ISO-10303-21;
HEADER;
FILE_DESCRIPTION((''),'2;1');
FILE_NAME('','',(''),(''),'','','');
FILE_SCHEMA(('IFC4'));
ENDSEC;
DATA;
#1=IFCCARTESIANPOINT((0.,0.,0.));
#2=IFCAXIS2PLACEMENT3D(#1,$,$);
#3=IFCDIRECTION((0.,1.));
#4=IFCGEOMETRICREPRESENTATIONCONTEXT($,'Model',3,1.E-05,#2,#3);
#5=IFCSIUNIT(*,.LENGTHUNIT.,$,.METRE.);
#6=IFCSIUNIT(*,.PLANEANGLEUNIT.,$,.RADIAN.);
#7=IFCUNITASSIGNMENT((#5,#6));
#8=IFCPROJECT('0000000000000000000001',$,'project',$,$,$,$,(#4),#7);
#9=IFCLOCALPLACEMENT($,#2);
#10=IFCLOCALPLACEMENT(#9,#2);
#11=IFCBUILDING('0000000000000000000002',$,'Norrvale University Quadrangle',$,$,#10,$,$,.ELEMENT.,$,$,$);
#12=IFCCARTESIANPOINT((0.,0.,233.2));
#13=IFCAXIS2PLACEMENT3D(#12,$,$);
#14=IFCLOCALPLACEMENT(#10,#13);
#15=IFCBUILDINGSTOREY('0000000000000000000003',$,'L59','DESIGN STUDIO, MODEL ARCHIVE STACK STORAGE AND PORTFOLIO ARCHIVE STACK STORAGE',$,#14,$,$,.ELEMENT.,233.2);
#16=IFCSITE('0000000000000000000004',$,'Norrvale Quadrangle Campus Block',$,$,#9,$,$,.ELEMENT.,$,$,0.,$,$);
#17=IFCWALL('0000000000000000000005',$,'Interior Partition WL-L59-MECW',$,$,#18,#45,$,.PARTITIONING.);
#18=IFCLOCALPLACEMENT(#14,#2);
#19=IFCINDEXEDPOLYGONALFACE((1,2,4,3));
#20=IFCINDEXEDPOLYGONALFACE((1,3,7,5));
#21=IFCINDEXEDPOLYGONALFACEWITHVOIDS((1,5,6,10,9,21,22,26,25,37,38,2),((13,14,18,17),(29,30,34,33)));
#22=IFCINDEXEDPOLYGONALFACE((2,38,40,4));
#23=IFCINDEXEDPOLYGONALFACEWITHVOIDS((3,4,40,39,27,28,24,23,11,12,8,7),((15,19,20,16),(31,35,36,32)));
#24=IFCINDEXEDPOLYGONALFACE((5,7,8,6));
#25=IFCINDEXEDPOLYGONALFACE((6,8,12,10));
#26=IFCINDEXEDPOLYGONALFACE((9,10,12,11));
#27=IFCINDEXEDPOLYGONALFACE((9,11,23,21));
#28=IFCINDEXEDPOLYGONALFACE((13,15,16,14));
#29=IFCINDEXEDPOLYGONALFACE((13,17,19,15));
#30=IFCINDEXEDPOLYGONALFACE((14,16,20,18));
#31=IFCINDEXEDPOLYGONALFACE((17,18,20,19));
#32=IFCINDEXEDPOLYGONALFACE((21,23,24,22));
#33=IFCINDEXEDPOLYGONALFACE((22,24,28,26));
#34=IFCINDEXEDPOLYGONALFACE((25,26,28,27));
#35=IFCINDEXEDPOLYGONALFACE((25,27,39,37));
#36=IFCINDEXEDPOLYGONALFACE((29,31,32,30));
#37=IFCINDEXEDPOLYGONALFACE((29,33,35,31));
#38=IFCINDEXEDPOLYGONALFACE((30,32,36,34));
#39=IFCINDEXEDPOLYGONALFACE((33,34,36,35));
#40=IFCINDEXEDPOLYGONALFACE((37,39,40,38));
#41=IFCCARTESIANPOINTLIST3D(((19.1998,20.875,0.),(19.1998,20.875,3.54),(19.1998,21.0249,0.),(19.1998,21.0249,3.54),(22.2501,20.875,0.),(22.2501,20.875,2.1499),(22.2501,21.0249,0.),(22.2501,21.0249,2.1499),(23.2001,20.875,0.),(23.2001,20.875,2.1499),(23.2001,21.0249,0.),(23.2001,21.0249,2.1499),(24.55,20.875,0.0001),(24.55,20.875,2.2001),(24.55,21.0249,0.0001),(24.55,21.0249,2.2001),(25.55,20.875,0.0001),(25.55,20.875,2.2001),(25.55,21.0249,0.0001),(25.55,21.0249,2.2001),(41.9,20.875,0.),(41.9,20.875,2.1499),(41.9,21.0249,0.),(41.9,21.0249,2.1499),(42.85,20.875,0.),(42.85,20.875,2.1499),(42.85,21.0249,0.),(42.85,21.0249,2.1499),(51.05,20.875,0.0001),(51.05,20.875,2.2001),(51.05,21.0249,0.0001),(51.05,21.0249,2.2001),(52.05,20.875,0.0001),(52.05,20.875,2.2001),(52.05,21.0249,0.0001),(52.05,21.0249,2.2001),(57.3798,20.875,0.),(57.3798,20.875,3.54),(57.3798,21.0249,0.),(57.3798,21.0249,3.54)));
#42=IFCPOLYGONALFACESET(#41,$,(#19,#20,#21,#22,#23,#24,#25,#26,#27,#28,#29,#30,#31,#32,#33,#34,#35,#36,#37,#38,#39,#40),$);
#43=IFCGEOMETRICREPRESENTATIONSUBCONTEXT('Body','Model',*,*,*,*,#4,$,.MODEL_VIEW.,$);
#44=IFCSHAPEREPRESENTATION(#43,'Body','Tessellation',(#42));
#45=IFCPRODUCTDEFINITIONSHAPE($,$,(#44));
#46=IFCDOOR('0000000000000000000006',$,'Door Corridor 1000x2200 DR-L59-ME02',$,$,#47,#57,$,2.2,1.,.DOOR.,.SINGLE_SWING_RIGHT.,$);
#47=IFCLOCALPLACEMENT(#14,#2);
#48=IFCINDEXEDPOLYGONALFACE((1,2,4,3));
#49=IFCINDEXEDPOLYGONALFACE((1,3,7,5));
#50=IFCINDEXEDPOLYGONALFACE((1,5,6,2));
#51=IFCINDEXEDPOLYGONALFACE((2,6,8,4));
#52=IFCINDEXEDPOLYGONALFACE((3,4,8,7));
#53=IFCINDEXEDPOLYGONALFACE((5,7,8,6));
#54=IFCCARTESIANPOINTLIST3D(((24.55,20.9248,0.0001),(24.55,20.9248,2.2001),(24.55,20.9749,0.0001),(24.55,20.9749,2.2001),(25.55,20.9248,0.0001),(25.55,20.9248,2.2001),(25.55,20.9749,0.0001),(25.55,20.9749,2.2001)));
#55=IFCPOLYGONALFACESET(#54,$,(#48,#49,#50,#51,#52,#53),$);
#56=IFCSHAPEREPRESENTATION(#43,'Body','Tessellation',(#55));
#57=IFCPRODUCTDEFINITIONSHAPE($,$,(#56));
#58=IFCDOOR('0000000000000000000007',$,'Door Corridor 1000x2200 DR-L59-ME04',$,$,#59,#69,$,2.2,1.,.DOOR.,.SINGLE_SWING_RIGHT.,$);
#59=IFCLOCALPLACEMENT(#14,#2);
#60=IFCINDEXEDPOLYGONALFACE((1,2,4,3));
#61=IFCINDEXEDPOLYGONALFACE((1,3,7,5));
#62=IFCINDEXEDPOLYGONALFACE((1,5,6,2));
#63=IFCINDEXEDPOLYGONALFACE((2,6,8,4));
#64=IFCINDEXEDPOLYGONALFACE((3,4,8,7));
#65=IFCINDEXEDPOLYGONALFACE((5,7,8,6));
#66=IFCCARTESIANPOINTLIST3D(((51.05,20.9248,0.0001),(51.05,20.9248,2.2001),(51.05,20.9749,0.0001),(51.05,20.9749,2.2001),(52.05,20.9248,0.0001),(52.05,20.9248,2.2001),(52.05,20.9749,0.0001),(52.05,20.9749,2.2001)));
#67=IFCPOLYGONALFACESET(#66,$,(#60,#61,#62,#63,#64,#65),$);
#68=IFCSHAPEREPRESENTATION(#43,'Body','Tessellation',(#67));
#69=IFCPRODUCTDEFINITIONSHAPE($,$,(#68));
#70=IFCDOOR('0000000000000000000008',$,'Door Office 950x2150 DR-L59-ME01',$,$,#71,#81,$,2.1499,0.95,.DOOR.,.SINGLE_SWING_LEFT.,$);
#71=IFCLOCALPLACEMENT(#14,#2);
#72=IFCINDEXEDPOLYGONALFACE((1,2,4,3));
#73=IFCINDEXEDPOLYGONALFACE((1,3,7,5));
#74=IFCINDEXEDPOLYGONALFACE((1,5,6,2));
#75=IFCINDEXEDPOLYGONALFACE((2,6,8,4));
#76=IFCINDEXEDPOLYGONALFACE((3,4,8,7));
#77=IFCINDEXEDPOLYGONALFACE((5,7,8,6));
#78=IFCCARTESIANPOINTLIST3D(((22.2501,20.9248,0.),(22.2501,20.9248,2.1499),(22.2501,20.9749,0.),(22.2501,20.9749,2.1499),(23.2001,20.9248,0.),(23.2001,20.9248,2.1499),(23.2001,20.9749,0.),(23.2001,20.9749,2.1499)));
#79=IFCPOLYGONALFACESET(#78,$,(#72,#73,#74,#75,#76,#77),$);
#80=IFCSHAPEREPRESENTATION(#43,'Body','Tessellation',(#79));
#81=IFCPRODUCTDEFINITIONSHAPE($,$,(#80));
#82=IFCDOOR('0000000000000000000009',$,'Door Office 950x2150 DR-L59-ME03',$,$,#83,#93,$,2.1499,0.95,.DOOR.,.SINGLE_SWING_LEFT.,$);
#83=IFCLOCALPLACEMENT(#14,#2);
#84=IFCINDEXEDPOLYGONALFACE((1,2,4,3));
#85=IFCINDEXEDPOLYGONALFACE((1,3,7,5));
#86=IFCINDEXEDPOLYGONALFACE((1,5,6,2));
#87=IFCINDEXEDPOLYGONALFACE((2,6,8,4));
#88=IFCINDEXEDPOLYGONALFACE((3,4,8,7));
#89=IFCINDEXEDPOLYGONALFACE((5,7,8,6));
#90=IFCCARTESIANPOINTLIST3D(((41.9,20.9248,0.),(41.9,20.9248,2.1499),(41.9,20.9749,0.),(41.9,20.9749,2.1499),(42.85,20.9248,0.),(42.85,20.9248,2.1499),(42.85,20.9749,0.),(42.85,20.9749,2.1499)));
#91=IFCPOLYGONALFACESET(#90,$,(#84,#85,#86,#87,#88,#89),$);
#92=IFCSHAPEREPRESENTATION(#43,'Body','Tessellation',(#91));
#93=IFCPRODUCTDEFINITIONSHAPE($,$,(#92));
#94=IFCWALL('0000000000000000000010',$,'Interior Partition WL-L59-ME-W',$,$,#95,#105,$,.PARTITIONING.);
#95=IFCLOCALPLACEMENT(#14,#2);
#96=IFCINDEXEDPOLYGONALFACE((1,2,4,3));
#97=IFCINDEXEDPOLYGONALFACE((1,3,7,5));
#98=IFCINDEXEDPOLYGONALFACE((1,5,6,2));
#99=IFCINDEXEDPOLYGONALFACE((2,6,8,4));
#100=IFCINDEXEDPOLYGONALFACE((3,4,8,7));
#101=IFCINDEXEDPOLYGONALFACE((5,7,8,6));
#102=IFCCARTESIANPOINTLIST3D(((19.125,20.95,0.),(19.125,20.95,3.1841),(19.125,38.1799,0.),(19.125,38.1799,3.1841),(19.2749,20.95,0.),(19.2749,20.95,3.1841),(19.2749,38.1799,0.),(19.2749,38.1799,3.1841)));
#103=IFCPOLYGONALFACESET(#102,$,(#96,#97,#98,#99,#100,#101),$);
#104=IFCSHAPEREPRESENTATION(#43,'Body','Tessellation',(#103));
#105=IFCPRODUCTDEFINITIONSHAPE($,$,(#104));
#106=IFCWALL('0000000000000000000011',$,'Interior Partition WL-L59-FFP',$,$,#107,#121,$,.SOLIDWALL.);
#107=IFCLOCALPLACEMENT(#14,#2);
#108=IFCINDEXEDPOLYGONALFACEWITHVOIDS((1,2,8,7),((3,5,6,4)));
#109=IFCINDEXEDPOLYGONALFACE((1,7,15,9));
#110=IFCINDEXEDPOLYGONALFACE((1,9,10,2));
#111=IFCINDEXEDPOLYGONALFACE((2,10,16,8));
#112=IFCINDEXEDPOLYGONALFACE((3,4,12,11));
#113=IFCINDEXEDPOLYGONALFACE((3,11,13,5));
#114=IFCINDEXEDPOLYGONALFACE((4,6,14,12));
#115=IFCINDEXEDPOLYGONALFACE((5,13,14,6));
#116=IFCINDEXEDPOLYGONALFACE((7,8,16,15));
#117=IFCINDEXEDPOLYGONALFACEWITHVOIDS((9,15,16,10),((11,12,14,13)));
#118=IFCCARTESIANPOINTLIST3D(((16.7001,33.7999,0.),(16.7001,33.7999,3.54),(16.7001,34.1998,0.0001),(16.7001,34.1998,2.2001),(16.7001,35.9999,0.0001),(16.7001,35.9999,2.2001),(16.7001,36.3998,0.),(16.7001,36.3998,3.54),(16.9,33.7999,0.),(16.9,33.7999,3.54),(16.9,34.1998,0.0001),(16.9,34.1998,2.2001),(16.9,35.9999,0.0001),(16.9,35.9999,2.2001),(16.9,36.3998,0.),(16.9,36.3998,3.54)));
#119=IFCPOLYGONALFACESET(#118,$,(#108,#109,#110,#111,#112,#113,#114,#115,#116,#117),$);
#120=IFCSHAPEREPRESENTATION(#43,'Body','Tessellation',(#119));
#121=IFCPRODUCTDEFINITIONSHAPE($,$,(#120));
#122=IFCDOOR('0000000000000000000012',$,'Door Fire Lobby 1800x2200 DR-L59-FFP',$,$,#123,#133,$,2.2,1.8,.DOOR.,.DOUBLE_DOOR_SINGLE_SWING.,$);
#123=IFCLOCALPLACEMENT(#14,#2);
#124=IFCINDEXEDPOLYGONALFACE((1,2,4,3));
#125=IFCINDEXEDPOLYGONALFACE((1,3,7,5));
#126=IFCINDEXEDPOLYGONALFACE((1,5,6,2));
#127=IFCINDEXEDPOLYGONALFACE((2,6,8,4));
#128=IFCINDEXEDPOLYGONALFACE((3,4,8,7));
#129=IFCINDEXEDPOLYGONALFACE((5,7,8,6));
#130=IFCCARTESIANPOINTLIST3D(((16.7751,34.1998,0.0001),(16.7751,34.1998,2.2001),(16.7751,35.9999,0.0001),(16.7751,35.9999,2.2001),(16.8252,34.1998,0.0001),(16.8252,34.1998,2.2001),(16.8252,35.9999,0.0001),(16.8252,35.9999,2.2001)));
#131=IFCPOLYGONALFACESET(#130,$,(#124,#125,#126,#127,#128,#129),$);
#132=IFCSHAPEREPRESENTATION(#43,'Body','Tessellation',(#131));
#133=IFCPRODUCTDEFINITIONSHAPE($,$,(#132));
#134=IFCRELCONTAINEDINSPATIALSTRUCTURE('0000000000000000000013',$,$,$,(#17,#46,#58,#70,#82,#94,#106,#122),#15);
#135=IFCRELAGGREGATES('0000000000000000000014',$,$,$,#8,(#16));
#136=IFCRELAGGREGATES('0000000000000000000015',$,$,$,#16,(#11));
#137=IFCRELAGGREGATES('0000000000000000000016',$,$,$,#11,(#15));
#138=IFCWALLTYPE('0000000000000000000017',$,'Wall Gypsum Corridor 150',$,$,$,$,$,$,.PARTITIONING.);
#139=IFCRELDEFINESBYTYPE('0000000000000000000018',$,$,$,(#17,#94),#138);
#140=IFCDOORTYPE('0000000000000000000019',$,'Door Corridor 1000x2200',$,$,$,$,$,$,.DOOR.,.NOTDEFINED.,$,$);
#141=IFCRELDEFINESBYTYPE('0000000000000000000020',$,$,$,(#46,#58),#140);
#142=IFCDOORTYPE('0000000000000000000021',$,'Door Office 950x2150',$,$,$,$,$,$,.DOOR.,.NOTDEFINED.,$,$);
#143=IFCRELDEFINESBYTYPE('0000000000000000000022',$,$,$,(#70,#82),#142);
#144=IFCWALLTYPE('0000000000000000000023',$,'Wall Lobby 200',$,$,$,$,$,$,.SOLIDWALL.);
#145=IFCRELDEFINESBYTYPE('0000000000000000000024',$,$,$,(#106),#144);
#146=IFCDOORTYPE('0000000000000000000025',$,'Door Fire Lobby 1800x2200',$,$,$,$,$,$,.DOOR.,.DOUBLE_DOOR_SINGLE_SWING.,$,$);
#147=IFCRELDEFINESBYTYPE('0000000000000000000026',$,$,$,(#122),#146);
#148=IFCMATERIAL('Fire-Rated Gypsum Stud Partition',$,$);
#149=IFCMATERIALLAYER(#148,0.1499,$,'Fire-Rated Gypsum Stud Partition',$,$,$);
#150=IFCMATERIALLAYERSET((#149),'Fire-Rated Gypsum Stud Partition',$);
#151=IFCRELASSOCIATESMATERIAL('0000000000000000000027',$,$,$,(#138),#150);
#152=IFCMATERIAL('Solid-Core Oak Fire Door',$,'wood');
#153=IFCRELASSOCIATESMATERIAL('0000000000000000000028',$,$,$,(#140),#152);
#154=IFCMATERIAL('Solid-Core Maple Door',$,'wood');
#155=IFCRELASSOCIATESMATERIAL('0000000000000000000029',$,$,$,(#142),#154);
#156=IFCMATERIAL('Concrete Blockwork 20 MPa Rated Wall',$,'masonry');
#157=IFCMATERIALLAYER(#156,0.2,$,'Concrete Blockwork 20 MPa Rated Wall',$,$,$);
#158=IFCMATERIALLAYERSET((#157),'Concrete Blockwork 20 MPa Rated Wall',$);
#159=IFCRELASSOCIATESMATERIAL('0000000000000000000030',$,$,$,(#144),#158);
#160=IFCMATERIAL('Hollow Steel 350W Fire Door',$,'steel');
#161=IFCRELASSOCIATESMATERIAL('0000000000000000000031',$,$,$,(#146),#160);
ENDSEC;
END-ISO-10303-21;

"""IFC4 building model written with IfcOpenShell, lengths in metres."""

from ifc_helpers import new_model, si_unit, direction, frame, frame_2d, origin, place, context, subcontext, project, spatial, rectangle, extrude, material, layer, layer_set, type_object, element, fill, save


model = new_model("IFC4")

# Units and contexts
model_context = context("Model", 3, precision=1e-05, world=origin(), true_north=direction((0.0, 1.0)))
body_context = subcontext(model_context, "Body", "Model", "MODEL_VIEW")
ifc_project = project(units=[si_unit("LENGTHUNIT", "METRE"), si_unit("PLANEANGLEUNIT", "RADIAN")], contexts=[model_context])

# Site, building, storey
site_placement = place(None, origin())
site = spatial("IfcSite", under=ifc_project, at=site_placement, Name="Norrvale Quadrangle Campus Block", CompositionType="ELEMENT", RefElevation=0.0)
building_placement = place(site_placement, origin())
building = spatial("IfcBuilding", under=site, at=building_placement, Name="Norrvale University Quadrangle", CompositionType="ELEMENT")
storey_placement = place(building_placement, frame((0.0, 0.0, 233.2)))
storey = spatial("IfcBuildingStorey", under=building, at=storey_placement, Name="L59", Description="DESIGN STUDIO, MODEL ARCHIVE STACK STORAGE AND PORTFOLIO ARCHIVE STACK STORAGE", CompositionType="ELEMENT", Elevation=233.2)

# Shared definitions
ifc_material_1 = material(Name="Fire-Rated Gypsum Stud Partition")
ifc_layer_1 = layer(ifc_material_1, 0.1499, Name="Fire-Rated Gypsum Stud Partition")
ifc_layer_set_1 = layer_set([ifc_layer_1], Name="Fire-Rated Gypsum Stud Partition")
wall_type_1 = type_object("IfcWallType", Name="Wall Gypsum Corridor 150", PredefinedType="PARTITIONING", material=ifc_layer_set_1)

# Wall, openings, doors
wall_1_placement = place(storey_placement, frame((19.2, 20.95, 0.0), z_axis=(0.0, 0.0, 1.0), x_axis=(1.0, 0.0, 0.0)))
wall_1 = element("IfcWall", 1, at=wall_1_placement, inside=storey, type_object=wall_type_1, Name="Interior Partition WL-L59-MECW", PredefinedType="PARTITIONING", context=body_context, shape_type="SweptSolid", body=[
    extrude(rectangle(XDim=38.1799, YDim=0.1499, at=frame_2d((19.0898, 0.0))), origin(), (0.0, 0.0, 1.0), 3.54),
])
opening_1_placement = place(wall_1_placement, frame((3.05, 0.0, 0.0)))
opening_1 = element("IfcOpeningElement", 2, at=opening_1_placement, cuts=wall_1, PredefinedType="OPENING", context=body_context, shape_type="SweptSolid", body=[
    extrude(rectangle(XDim=0.95, YDim=2.1499, at=frame_2d((0.4751, 1.075))), frame((0.0, 0.0869, 0.0), z_axis=(0.0, -1.0, 0.0), x_axis=(1.0, 0.0, 0.0)), (0.0, 0.0, 1.0), 0.1738),
])
opening_2_placement = place(wall_1_placement, frame((5.3501, 0.0, 0.0)))
opening_2 = element("IfcOpeningElement", 3, at=opening_2_placement, cuts=wall_1, PredefinedType="OPENING", context=body_context, shape_type="SweptSolid", body=[
    extrude(rectangle(XDim=1.0, YDim=2.2, at=frame_2d((0.5, 1.1001))), frame((0.0, 0.0869, 0.0), z_axis=(0.0, -1.0, 0.0), x_axis=(1.0, 0.0, 0.0)), (0.0, 0.0, 1.0), 0.1738),
])
opening_3_placement = place(wall_1_placement, frame((22.7, 0.0, 0.0)))
opening_3 = element("IfcOpeningElement", 4, at=opening_3_placement, cuts=wall_1, PredefinedType="OPENING", context=body_context, shape_type="SweptSolid", body=[
    extrude(rectangle(XDim=0.95, YDim=2.1499, at=frame_2d((0.4751, 1.075))), frame((0.0, 0.0869, 0.0), z_axis=(0.0, -1.0, 0.0), x_axis=(1.0, 0.0, 0.0)), (0.0, 0.0, 1.0), 0.1738),
])
opening_4_placement = place(wall_1_placement, frame((31.8501, 0.0, 0.0)))
opening_4 = element("IfcOpeningElement", 5, at=opening_4_placement, cuts=wall_1, PredefinedType="OPENING", context=body_context, shape_type="SweptSolid", body=[
    extrude(rectangle(XDim=1.0, YDim=2.2, at=frame_2d((0.5, 1.1001))), frame((0.0, 0.0869, 0.0), z_axis=(0.0, -1.0, 0.0), x_axis=(1.0, 0.0, 0.0)), (0.0, 0.0, 1.0), 0.1738),
])
ifc_material_2 = material(Name="Solid-Core Oak Fire Door", Category="wood")
door_type_1 = type_object("IfcDoorType", Name="Door Corridor 1000x2200", OperationType="NOTDEFINED", PredefinedType="DOOR", material=ifc_material_2)
door_1_placement = place(opening_2_placement, origin())
door_1 = element("IfcDoor", 6, at=door_1_placement, inside=storey, type_object=door_type_1, Name="Door Corridor 1000x2200 DR-L59-ME02", OperationType="SINGLE_SWING_RIGHT", OverallHeight=2.2, OverallWidth=1.0, PredefinedType="DOOR", context=body_context, shape_type="SweptSolid", body=[
    extrude(rectangle(XDim=1.0, YDim=2.2, at=frame_2d((0.5, 1.1001))), frame((0.0, 0.0249, 0.0), z_axis=(0.0, -1.0, 0.0), x_axis=(1.0, 0.0, 0.0)), (0.0, 0.0, 1.0), 0.05),
])
fill(opening_2, door_1)
door_2_placement = place(opening_4_placement, origin())
door_2 = element("IfcDoor", 7, at=door_2_placement, inside=storey, type_object=door_type_1, Name="Door Corridor 1000x2200 DR-L59-ME04", OperationType="SINGLE_SWING_RIGHT", OverallHeight=2.2, OverallWidth=1.0, PredefinedType="DOOR", context=body_context, shape_type="SweptSolid", body=[
    extrude(rectangle(XDim=1.0, YDim=2.2, at=frame_2d((0.5, 1.1001))), frame((0.0, 0.0249, 0.0), z_axis=(0.0, -1.0, 0.0), x_axis=(1.0, 0.0, 0.0)), (0.0, 0.0, 1.0), 0.05),
])
fill(opening_4, door_2)
ifc_material_3 = material(Name="Solid-Core Maple Door", Category="wood")
door_type_2 = type_object("IfcDoorType", Name="Door Office 950x2150", OperationType="NOTDEFINED", PredefinedType="DOOR", material=ifc_material_3)
door_3_placement = place(opening_1_placement, origin())
door_3 = element("IfcDoor", 8, at=door_3_placement, inside=storey, type_object=door_type_2, Name="Door Office 950x2150 DR-L59-ME01", OperationType="SINGLE_SWING_LEFT", OverallHeight=2.1499, OverallWidth=0.95, PredefinedType="DOOR", context=body_context, shape_type="SweptSolid", body=[
    extrude(rectangle(XDim=0.95, YDim=2.1499, at=frame_2d((0.4751, 1.075))), frame((0.0, 0.0249, 0.0), z_axis=(0.0, -1.0, 0.0), x_axis=(1.0, 0.0, 0.0)), (0.0, 0.0, 1.0), 0.05),
])
fill(opening_1, door_3)
door_4_placement = place(opening_3_placement, origin())
door_4 = element("IfcDoor", 9, at=door_4_placement, inside=storey, type_object=door_type_2, Name="Door Office 950x2150 DR-L59-ME03", OperationType="SINGLE_SWING_LEFT", OverallHeight=2.1499, OverallWidth=0.95, PredefinedType="DOOR", context=body_context, shape_type="SweptSolid", body=[
    extrude(rectangle(XDim=0.95, YDim=2.1499, at=frame_2d((0.4751, 1.075))), frame((0.0, 0.0249, 0.0), z_axis=(0.0, -1.0, 0.0), x_axis=(1.0, 0.0, 0.0)), (0.0, 0.0, 1.0), 0.05),
])
fill(opening_3, door_4)

# Wall
wall_2_placement = place(storey_placement, frame((19.2, 20.95, 0.0), z_axis=(0.0, 0.0, 1.0), x_axis=(0.0, 1.0, 0.0)))
element("IfcWall", 10, at=wall_2_placement, inside=storey, type_object=wall_type_1, Name="Interior Partition WL-L59-ME-W", PredefinedType="PARTITIONING", context=body_context, shape_type="SweptSolid", body=[
    extrude(rectangle(XDim=17.23, YDim=0.1499, at=frame_2d((8.615, 0.0))), origin(), (0.0, 0.0, 1.0), 3.1841),
])

# Wall, opening, door
ifc_material_4 = material(Name="Concrete Blockwork 20 MPa Rated Wall", Category="masonry")
ifc_layer_2 = layer(ifc_material_4, 0.2, Name="Concrete Blockwork 20 MPa Rated Wall")
ifc_layer_set_2 = layer_set([ifc_layer_2], Name="Concrete Blockwork 20 MPa Rated Wall")
wall_type_2 = type_object("IfcWallType", Name="Wall Lobby 200", PredefinedType="SOLIDWALL", material=ifc_layer_set_2)
wall_3_placement = place(storey_placement, frame((16.8, 33.8, 0.0), z_axis=(0.0, 0.0, 1.0), x_axis=(0.0, 1.0, 0.0)))
wall_3 = element("IfcWall", 11, at=wall_3_placement, inside=storey, type_object=wall_type_2, Name="Interior Partition WL-L59-FFP", PredefinedType="SOLIDWALL", context=body_context, shape_type="SweptSolid", body=[
    extrude(rectangle(XDim=2.5999, YDim=0.2, at=frame_2d((1.2998, 0.0))), origin(), (0.0, 0.0, 1.0), 3.54),
])
opening_5_placement = place(wall_3_placement, frame((0.3999, 0.0, 0.0)))
opening_5 = element("IfcOpeningElement", 12, at=opening_5_placement, cuts=wall_3, PredefinedType="OPENING", context=body_context, shape_type="SweptSolid", body=[
    extrude(rectangle(XDim=1.8, YDim=2.2, at=frame_2d((0.8999, 1.1001))), frame((0.0, 0.1121, 0.0), z_axis=(0.0, -1.0, 0.0), x_axis=(1.0, 0.0, 0.0)), (0.0, 0.0, 1.0), 0.2239),
])
ifc_material_5 = material(Name="Hollow Steel 350W Fire Door", Category="steel")
door_type_3 = type_object("IfcDoorType", Name="Door Fire Lobby 1800x2200", OperationType="DOUBLE_DOOR_SINGLE_SWING", PredefinedType="DOOR", material=ifc_material_5)
door_5_placement = place(opening_5_placement, origin())
door_5 = element("IfcDoor", 13, at=door_5_placement, inside=storey, type_object=door_type_3, Name="Door Fire Lobby 1800x2200 DR-L59-FFP", OperationType="DOUBLE_DOOR_SINGLE_SWING", OverallHeight=2.2, OverallWidth=1.8, PredefinedType="DOOR", context=body_context, shape_type="SweptSolid", body=[
    extrude(rectangle(XDim=1.8, YDim=2.2, at=frame_2d((0.8999, 1.1001))), frame((0.0, 0.0249, 0.0), z_axis=(0.0, -1.0, 0.0), x_axis=(1.0, 0.0, 0.0)), (0.0, 0.0, 1.0), 0.05),
])
fill(opening_5, door_5)

save(model, "model.ifc")
